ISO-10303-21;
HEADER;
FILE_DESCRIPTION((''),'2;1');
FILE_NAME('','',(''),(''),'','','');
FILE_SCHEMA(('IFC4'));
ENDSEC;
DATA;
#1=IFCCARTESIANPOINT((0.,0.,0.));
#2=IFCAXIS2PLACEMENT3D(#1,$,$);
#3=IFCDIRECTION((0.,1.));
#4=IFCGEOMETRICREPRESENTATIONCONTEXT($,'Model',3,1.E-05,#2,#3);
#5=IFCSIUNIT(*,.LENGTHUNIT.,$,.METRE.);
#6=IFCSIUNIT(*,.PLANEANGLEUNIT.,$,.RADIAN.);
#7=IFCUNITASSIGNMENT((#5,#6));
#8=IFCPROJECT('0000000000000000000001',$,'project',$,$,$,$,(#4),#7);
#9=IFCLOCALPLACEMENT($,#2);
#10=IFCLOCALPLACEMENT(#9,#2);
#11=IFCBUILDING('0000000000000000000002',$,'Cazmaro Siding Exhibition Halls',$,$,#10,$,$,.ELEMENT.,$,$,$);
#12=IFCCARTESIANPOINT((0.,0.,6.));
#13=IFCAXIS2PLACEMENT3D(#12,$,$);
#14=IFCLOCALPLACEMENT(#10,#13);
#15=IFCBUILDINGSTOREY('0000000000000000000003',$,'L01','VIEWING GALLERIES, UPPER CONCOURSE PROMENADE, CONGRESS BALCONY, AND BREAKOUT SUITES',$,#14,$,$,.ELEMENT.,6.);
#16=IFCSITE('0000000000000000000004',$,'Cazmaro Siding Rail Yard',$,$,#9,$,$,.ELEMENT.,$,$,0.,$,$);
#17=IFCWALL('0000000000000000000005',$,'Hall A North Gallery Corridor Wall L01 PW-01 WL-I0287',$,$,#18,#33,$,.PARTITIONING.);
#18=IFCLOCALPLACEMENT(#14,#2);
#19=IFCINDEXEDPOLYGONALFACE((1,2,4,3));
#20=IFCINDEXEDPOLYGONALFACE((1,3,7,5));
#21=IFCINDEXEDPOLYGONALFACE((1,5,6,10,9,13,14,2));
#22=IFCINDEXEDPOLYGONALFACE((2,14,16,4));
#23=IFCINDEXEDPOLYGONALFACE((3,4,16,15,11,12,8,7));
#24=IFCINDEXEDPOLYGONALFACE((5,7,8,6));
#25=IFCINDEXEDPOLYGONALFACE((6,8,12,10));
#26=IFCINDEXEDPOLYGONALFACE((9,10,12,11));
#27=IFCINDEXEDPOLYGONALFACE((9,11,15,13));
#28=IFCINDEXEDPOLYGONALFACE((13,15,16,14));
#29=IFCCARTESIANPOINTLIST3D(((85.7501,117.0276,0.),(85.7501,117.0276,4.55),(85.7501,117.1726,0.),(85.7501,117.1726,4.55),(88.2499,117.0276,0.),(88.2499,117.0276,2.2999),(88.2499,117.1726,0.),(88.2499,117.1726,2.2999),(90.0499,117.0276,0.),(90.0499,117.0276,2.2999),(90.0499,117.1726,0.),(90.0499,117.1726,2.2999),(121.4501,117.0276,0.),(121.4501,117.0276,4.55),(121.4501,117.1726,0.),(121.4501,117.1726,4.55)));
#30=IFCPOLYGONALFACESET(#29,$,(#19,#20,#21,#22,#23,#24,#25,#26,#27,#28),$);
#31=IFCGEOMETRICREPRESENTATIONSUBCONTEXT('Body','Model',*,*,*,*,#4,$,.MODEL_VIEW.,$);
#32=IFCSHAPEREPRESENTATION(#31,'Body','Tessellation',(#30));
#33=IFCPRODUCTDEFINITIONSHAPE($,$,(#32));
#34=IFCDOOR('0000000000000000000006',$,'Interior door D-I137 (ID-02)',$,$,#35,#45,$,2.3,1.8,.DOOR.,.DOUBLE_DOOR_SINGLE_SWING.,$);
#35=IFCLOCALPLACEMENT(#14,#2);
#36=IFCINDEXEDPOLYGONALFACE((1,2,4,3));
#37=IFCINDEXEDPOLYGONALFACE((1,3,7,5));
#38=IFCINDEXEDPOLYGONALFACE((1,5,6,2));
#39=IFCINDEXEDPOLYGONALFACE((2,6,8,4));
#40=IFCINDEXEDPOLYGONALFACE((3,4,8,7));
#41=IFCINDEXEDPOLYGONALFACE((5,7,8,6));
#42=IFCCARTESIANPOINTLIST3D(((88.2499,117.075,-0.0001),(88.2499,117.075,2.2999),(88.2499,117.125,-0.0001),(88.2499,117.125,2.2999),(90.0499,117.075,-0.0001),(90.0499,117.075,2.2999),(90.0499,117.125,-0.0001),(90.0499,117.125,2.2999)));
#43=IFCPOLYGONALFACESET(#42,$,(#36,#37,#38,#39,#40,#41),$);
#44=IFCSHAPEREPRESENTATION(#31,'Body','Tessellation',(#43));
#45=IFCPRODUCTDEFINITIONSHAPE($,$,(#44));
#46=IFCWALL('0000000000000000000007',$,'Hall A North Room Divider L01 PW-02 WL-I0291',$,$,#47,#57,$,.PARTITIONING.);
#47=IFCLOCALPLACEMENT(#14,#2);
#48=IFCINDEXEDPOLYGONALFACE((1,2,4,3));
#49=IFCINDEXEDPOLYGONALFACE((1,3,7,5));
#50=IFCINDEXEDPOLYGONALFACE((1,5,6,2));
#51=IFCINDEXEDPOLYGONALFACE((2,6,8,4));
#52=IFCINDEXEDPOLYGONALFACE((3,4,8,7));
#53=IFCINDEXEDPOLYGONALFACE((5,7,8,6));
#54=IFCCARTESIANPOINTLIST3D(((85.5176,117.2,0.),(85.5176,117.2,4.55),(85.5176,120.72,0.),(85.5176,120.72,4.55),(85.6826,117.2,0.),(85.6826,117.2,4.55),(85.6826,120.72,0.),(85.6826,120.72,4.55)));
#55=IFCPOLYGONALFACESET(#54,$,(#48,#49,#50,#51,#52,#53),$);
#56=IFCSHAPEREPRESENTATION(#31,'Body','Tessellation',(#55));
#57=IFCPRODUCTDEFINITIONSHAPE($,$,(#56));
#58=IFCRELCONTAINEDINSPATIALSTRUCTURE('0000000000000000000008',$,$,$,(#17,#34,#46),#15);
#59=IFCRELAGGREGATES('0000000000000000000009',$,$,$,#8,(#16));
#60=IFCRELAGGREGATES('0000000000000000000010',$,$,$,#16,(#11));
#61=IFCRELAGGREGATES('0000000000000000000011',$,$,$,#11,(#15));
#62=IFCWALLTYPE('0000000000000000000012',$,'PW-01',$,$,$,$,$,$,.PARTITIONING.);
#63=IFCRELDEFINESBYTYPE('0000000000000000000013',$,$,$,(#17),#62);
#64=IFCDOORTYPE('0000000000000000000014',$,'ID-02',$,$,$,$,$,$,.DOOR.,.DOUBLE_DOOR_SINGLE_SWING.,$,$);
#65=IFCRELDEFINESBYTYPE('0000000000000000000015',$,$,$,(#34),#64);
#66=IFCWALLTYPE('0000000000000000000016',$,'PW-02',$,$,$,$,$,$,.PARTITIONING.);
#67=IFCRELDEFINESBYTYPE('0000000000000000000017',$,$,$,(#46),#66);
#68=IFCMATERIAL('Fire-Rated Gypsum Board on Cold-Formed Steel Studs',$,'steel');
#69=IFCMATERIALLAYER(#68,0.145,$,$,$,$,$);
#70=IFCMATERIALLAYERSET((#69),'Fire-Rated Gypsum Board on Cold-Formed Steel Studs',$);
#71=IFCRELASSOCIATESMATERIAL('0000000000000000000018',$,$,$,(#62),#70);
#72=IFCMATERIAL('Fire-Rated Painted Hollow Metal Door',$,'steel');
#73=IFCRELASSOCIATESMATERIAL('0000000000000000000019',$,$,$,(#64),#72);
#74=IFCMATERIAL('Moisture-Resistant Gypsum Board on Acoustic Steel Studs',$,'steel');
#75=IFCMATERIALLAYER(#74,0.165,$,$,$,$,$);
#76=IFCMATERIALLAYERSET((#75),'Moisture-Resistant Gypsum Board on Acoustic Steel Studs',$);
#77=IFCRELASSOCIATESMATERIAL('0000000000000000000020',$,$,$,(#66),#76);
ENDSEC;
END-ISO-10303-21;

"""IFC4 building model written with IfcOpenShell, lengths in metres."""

from ifc_helpers import new_model, si_unit, direction, frame, frame_2d, origin, place, context, subcontext, project, spatial, rectangle, extrude, material, layer, layer_set, type_object, element, fill, save


model = new_model("IFC4")

# Units and contexts
model_context = context("Model", 3, precision=1e-05, world=origin(), true_north=direction((0.0, 1.0)))
body_context = subcontext(model_context, "Body", "Model", "MODEL_VIEW")
ifc_project = project(units=[si_unit("LENGTHUNIT", "METRE"), si_unit("PLANEANGLEUNIT", "RADIAN")], contexts=[model_context])

# Site, building, storey
site_placement = place(None, origin())
site = spatial("IfcSite", under=ifc_project, at=site_placement, Name="Cazmaro Siding Rail Yard", CompositionType="ELEMENT", RefElevation=0.0)
building_placement = place(site_placement, origin())
building = spatial("IfcBuilding", under=site, at=building_placement, Name="Cazmaro Siding Exhibition Halls", CompositionType="ELEMENT")
storey_placement = place(building_placement, frame((0.0, 0.0, 6.0)))
storey = spatial("IfcBuildingStorey", under=building, at=storey_placement, Name="L01", Description="VIEWING GALLERIES, UPPER CONCOURSE PROMENADE, CONGRESS BALCONY, AND BREAKOUT SUITES", CompositionType="ELEMENT", Elevation=6.0)

# Wall, opening, door
ifc_material_1 = material(Name="Fire-Rated Gypsum Board on Cold-Formed Steel Studs", Category="steel")
ifc_layer_1 = layer(ifc_material_1, 0.145)
ifc_layer_set_1 = layer_set([ifc_layer_1], Name="Fire-Rated Gypsum Board on Cold-Formed Steel Studs")
wall_type_1 = type_object("IfcWallType", Name="PW-01", PredefinedType="PARTITIONING", material=ifc_layer_set_1)
wall_1_placement = place(storey_placement, frame((85.75, 117.1001, 0.0), z_axis=(0.0, 0.0, 1.0), x_axis=(1.0, 0.0, 0.0)))
wall_1 = element("IfcWall", 1, at=wall_1_placement, inside=storey, type_object=wall_type_1, Name="Hall A North Gallery Corridor Wall L01 PW-01 WL-I0287", PredefinedType="PARTITIONING", context=body_context, shape_type="SweptSolid", body=[
    extrude(rectangle(XDim=35.7, YDim=0.145, at=frame_2d((17.8501, 0.0))), origin(), (0.0, 0.0, 1.0), 4.55),
])
opening_placement = place(wall_1_placement, frame((2.5, 0.0, 0.0)))
opening = element("IfcOpeningElement", 2, at=opening_placement, cuts=wall_1, PredefinedType="OPENING", context=body_context, shape_type="SweptSolid", body=[
    extrude(rectangle(XDim=1.8, YDim=2.3, at=frame_2d((0.8999, 1.1499))), frame((0.0, 0.0825, 0.0), z_axis=(0.0, -1.0, 0.0), x_axis=(1.0, 0.0, 0.0)), (0.0, 0.0, 1.0), 0.165),
])
ifc_material_2 = material(Name="Fire-Rated Painted Hollow Metal Door", Category="steel")
door_type = type_object("IfcDoorType", Name="ID-02", OperationType="DOUBLE_DOOR_SINGLE_SWING", PredefinedType="DOOR", material=ifc_material_2)
door_placement = place(opening_placement, origin())
door = element("IfcDoor", 3, at=door_placement, inside=storey, type_object=door_type, Name="Interior door D-I137 (ID-02)", OperationType="DOUBLE_DOOR_SINGLE_SWING", OverallHeight=2.3, OverallWidth=1.8, PredefinedType="DOOR", context=body_context, shape_type="SweptSolid", body=[
    extrude(rectangle(XDim=1.8, YDim=2.3, at=frame_2d((0.8999, 1.1499))), frame((0.0, 0.0249, 0.0), z_axis=(0.0, -1.0, 0.0), x_axis=(1.0, 0.0, 0.0)), (0.0, 0.0, 1.0), 0.05),
])
fill(opening, door)

# Wall
ifc_material_3 = material(Name="Moisture-Resistant Gypsum Board on Acoustic Steel Studs", Category="steel")
ifc_layer_2 = layer(ifc_material_3, 0.165)
ifc_layer_set_2 = layer_set([ifc_layer_2], Name="Moisture-Resistant Gypsum Board on Acoustic Steel Studs")
wall_type_2 = type_object("IfcWallType", Name="PW-02", PredefinedType="PARTITIONING", material=ifc_layer_set_2)
wall_2_placement = place(storey_placement, frame((85.6001, 117.2, 0.0), z_axis=(0.0, 0.0, 1.0), x_axis=(0.0, 1.0, 0.0)))
element("IfcWall", 4, at=wall_2_placement, inside=storey, type_object=wall_type_2, Name="Hall A North Room Divider L01 PW-02 WL-I0291", PredefinedType="PARTITIONING", context=body_context, shape_type="SweptSolid", body=[
    extrude(rectangle(XDim=3.52, YDim=0.165, at=frame_2d((1.76, 0.0))), origin(), (0.0, 0.0, 1.0), 4.55),
])

save(model, "model.ifc")
